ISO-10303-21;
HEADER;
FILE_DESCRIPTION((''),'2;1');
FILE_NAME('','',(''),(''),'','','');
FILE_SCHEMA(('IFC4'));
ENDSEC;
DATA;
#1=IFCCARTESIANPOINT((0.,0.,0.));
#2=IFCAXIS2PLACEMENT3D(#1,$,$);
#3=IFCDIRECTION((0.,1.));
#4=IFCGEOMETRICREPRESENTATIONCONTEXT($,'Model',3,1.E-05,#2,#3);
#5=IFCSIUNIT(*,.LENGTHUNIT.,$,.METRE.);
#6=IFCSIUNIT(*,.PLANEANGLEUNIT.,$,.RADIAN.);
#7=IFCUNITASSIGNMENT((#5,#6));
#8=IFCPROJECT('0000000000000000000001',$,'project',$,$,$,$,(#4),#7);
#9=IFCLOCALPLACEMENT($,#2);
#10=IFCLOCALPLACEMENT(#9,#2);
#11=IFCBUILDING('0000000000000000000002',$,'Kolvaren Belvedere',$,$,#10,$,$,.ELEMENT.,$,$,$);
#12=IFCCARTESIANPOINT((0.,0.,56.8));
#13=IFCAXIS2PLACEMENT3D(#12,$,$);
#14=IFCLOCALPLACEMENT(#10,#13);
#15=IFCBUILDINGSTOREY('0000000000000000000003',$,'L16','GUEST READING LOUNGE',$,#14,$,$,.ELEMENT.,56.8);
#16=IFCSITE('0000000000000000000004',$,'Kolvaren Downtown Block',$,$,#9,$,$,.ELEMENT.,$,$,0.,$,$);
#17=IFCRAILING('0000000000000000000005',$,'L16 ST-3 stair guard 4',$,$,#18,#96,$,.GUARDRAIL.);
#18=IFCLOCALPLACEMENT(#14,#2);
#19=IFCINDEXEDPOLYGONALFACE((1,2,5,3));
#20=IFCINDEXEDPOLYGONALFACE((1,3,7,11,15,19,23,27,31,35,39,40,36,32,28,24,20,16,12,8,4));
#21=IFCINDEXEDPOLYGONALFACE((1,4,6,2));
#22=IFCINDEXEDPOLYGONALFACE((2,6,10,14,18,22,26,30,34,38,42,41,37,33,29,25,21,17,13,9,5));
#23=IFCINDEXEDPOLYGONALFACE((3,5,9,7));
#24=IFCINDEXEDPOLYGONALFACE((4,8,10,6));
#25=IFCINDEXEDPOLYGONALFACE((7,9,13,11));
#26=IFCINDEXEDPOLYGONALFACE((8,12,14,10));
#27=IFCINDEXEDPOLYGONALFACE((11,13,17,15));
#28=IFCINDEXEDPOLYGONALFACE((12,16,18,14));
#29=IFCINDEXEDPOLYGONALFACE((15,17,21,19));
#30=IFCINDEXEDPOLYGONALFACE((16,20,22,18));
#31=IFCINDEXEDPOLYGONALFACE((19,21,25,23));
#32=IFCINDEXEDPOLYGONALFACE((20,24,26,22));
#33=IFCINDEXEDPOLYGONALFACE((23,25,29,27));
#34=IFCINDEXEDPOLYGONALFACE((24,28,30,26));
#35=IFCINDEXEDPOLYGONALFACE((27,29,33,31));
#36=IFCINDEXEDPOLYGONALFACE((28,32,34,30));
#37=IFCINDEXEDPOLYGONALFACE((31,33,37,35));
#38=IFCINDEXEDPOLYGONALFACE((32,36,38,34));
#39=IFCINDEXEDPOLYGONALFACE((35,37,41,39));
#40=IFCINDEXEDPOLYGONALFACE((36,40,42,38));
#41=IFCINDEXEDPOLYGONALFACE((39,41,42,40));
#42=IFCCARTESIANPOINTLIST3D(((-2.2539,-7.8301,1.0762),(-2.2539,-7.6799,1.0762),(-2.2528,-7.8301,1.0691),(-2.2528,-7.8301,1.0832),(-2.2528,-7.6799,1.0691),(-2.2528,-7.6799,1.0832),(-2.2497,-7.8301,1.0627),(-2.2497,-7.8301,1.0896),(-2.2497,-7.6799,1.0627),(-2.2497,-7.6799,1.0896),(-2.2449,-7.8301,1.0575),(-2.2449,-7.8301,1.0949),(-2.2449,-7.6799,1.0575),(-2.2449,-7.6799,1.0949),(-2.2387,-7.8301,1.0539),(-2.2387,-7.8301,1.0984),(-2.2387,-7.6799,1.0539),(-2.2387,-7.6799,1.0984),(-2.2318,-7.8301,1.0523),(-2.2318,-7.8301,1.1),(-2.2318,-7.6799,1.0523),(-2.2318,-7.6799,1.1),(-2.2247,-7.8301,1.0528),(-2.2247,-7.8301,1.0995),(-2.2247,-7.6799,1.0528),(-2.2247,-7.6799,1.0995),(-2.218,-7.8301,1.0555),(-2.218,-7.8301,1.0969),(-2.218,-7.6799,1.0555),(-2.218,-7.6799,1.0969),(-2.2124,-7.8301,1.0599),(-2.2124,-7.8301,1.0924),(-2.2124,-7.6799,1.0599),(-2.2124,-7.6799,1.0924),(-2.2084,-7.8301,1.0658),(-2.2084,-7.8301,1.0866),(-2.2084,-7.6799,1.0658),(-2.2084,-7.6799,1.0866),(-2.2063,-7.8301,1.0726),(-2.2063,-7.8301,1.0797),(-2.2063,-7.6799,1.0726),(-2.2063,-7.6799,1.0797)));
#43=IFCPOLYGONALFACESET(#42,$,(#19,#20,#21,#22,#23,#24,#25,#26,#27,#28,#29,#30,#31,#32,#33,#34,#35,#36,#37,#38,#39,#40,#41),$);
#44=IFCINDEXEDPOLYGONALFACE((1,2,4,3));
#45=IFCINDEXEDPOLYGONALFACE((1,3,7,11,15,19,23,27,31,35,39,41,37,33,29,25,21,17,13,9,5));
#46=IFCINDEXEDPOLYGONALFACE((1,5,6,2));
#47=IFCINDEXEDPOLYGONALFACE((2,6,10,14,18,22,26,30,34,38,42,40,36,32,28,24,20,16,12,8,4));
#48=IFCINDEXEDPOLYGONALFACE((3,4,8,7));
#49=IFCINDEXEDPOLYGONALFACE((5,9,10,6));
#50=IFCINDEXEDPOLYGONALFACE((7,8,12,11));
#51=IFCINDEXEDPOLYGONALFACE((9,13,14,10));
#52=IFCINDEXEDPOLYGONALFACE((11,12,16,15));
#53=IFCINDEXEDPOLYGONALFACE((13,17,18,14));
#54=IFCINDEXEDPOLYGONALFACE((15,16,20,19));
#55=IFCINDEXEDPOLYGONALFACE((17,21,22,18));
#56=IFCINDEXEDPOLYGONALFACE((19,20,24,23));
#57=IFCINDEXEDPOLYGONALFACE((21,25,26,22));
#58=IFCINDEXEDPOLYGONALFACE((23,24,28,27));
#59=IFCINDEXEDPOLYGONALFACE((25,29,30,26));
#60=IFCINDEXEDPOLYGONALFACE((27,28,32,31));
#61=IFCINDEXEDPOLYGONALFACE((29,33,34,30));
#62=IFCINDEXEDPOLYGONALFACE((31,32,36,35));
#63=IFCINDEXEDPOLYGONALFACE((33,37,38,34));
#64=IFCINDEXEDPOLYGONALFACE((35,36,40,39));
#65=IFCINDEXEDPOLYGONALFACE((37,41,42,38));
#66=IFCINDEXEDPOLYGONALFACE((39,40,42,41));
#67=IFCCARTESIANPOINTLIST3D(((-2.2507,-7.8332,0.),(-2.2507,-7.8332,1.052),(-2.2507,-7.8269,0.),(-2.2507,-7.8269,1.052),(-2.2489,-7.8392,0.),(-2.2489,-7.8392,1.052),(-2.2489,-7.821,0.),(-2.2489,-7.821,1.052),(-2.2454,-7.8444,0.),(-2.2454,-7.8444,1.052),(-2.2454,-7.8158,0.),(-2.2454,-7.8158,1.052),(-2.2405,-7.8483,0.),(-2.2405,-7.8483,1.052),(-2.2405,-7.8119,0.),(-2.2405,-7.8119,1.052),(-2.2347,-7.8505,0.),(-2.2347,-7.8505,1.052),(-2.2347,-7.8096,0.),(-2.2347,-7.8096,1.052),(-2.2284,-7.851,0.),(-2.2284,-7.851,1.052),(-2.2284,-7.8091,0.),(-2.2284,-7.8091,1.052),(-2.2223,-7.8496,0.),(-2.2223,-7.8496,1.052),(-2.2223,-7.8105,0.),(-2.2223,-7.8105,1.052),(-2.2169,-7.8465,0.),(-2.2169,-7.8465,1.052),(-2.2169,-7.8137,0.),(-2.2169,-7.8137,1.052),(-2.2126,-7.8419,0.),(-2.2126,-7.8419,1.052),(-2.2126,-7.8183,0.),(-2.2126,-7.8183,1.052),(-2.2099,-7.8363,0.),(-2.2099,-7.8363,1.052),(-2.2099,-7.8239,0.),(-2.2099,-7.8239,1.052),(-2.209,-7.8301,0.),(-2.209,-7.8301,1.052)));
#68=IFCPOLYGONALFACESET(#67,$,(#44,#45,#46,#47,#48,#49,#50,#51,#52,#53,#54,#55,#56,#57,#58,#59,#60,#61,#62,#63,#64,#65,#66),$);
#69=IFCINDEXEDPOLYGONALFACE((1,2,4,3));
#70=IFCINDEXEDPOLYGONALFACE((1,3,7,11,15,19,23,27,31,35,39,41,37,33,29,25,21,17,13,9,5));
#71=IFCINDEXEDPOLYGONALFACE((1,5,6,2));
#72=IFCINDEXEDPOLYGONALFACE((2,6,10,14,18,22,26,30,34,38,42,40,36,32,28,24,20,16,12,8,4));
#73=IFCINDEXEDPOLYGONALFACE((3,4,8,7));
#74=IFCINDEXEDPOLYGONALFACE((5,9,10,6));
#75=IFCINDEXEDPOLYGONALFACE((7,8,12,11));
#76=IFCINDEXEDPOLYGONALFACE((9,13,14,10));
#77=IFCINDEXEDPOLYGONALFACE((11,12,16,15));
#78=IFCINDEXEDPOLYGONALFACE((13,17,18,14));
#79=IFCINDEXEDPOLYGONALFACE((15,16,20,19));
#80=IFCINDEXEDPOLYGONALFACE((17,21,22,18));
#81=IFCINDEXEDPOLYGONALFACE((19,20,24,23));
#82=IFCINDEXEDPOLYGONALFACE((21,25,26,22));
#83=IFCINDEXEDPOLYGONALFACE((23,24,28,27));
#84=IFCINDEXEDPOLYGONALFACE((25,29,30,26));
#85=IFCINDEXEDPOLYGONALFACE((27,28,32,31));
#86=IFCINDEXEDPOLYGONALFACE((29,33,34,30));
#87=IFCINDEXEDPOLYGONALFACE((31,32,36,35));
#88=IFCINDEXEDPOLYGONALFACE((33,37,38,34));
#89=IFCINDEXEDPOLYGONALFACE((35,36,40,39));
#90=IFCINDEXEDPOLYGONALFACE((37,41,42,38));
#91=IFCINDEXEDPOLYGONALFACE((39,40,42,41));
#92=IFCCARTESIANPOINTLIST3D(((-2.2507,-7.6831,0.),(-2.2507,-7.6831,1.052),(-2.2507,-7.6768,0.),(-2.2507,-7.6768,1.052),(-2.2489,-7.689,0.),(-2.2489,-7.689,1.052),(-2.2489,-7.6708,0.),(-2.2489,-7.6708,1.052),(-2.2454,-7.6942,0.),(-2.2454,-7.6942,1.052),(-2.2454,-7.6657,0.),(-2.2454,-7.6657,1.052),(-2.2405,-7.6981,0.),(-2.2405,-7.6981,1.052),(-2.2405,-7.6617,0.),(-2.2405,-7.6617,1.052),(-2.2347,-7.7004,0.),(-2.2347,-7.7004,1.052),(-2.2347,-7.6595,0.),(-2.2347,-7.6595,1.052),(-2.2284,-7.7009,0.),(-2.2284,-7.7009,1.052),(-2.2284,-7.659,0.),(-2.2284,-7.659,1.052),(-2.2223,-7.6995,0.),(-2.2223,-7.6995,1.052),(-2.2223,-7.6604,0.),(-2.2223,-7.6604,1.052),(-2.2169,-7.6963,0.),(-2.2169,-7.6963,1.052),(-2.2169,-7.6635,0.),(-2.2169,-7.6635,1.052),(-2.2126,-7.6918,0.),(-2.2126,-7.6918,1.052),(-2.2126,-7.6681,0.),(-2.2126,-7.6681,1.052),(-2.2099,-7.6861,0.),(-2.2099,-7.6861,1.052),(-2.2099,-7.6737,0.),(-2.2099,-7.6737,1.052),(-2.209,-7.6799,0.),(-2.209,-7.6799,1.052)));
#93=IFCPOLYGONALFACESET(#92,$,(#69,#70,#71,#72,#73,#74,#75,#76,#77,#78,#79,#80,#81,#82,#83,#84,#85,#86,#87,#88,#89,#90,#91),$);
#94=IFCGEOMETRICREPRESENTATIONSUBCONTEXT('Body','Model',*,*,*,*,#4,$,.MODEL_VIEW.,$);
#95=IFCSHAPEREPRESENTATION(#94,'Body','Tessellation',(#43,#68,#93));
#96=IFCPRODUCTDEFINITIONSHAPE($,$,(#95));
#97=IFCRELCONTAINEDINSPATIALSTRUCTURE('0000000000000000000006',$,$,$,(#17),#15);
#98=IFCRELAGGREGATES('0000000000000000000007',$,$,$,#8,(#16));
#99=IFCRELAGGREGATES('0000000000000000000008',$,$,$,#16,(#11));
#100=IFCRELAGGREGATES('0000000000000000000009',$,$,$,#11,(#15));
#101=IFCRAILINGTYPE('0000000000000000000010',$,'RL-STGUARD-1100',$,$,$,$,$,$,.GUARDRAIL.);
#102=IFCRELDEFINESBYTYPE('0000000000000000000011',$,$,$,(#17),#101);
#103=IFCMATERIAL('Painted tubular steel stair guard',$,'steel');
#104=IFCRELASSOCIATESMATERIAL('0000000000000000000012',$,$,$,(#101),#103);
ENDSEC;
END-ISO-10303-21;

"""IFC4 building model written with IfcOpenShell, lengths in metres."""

from ifc_helpers import new_model, si_unit, direction, frame, origin, origin_2d, place, context, subcontext, project, spatial, circle, extrude, material, type_object, element, save


model = new_model("IFC4")

# Units and contexts
model_context = context("Model", 3, precision=1e-05, world=origin(), true_north=direction((0.0, 1.0)))
body_context = subcontext(model_context, "Body", "Model", "MODEL_VIEW")
ifc_project = project(units=[si_unit("LENGTHUNIT", "METRE"), si_unit("PLANEANGLEUNIT", "RADIAN")], contexts=[model_context])

# Site, building, storey
site_placement = place(None, origin())
site = spatial("IfcSite", under=ifc_project, at=site_placement, Name="Kolvaren Downtown Block", CompositionType="ELEMENT", RefElevation=0.0)
building_placement = place(site_placement, origin())
building = spatial("IfcBuilding", under=site, at=building_placement, Name="Kolvaren Belvedere", CompositionType="ELEMENT")
storey_placement = place(building_placement, frame((0.0, 0.0, 56.8)))
storey = spatial("IfcBuildingStorey", under=building, at=storey_placement, Name="L16", Description="GUEST READING LOUNGE", CompositionType="ELEMENT", Elevation=56.8)

# Railing
ifc_material_1 = material(Name="Painted tubular steel stair guard", Category="steel")
railing_type_1 = type_object("IfcRailingType", Name="RL-STGUARD-1100", PredefinedType="GUARDRAIL", material=ifc_material_1)
railing_1_placement = place(storey_placement, frame((-2.23, -7.8301, 0.0)))
element("IfcRailing", 1, at=railing_1_placement, inside=storey, type_object=railing_type_1, Name="L16 ST-3 stair guard 4", PredefinedType="GUARDRAIL", context=body_context, shape_type="SweptSolid", body=[
    extrude(circle(Radius=0.0239, at=origin_2d()), frame((0.0, 0.0, 1.0762), z_axis=(0.0, 1.0, 0.0), x_axis=(-1.0, 0.0, 0.0)), (0.0, 0.0, 1.0), 0.1501),
    extrude(circle(Radius=0.021, at=origin_2d()), origin(), (0.0, 0.0, 1.0), 1.052),
    extrude(circle(Radius=0.021, at=origin_2d()), frame((0.0, 0.1501, 0.0)), (0.0, 0.0, 1.0), 1.052),
])

save(model, "model.ifc")
